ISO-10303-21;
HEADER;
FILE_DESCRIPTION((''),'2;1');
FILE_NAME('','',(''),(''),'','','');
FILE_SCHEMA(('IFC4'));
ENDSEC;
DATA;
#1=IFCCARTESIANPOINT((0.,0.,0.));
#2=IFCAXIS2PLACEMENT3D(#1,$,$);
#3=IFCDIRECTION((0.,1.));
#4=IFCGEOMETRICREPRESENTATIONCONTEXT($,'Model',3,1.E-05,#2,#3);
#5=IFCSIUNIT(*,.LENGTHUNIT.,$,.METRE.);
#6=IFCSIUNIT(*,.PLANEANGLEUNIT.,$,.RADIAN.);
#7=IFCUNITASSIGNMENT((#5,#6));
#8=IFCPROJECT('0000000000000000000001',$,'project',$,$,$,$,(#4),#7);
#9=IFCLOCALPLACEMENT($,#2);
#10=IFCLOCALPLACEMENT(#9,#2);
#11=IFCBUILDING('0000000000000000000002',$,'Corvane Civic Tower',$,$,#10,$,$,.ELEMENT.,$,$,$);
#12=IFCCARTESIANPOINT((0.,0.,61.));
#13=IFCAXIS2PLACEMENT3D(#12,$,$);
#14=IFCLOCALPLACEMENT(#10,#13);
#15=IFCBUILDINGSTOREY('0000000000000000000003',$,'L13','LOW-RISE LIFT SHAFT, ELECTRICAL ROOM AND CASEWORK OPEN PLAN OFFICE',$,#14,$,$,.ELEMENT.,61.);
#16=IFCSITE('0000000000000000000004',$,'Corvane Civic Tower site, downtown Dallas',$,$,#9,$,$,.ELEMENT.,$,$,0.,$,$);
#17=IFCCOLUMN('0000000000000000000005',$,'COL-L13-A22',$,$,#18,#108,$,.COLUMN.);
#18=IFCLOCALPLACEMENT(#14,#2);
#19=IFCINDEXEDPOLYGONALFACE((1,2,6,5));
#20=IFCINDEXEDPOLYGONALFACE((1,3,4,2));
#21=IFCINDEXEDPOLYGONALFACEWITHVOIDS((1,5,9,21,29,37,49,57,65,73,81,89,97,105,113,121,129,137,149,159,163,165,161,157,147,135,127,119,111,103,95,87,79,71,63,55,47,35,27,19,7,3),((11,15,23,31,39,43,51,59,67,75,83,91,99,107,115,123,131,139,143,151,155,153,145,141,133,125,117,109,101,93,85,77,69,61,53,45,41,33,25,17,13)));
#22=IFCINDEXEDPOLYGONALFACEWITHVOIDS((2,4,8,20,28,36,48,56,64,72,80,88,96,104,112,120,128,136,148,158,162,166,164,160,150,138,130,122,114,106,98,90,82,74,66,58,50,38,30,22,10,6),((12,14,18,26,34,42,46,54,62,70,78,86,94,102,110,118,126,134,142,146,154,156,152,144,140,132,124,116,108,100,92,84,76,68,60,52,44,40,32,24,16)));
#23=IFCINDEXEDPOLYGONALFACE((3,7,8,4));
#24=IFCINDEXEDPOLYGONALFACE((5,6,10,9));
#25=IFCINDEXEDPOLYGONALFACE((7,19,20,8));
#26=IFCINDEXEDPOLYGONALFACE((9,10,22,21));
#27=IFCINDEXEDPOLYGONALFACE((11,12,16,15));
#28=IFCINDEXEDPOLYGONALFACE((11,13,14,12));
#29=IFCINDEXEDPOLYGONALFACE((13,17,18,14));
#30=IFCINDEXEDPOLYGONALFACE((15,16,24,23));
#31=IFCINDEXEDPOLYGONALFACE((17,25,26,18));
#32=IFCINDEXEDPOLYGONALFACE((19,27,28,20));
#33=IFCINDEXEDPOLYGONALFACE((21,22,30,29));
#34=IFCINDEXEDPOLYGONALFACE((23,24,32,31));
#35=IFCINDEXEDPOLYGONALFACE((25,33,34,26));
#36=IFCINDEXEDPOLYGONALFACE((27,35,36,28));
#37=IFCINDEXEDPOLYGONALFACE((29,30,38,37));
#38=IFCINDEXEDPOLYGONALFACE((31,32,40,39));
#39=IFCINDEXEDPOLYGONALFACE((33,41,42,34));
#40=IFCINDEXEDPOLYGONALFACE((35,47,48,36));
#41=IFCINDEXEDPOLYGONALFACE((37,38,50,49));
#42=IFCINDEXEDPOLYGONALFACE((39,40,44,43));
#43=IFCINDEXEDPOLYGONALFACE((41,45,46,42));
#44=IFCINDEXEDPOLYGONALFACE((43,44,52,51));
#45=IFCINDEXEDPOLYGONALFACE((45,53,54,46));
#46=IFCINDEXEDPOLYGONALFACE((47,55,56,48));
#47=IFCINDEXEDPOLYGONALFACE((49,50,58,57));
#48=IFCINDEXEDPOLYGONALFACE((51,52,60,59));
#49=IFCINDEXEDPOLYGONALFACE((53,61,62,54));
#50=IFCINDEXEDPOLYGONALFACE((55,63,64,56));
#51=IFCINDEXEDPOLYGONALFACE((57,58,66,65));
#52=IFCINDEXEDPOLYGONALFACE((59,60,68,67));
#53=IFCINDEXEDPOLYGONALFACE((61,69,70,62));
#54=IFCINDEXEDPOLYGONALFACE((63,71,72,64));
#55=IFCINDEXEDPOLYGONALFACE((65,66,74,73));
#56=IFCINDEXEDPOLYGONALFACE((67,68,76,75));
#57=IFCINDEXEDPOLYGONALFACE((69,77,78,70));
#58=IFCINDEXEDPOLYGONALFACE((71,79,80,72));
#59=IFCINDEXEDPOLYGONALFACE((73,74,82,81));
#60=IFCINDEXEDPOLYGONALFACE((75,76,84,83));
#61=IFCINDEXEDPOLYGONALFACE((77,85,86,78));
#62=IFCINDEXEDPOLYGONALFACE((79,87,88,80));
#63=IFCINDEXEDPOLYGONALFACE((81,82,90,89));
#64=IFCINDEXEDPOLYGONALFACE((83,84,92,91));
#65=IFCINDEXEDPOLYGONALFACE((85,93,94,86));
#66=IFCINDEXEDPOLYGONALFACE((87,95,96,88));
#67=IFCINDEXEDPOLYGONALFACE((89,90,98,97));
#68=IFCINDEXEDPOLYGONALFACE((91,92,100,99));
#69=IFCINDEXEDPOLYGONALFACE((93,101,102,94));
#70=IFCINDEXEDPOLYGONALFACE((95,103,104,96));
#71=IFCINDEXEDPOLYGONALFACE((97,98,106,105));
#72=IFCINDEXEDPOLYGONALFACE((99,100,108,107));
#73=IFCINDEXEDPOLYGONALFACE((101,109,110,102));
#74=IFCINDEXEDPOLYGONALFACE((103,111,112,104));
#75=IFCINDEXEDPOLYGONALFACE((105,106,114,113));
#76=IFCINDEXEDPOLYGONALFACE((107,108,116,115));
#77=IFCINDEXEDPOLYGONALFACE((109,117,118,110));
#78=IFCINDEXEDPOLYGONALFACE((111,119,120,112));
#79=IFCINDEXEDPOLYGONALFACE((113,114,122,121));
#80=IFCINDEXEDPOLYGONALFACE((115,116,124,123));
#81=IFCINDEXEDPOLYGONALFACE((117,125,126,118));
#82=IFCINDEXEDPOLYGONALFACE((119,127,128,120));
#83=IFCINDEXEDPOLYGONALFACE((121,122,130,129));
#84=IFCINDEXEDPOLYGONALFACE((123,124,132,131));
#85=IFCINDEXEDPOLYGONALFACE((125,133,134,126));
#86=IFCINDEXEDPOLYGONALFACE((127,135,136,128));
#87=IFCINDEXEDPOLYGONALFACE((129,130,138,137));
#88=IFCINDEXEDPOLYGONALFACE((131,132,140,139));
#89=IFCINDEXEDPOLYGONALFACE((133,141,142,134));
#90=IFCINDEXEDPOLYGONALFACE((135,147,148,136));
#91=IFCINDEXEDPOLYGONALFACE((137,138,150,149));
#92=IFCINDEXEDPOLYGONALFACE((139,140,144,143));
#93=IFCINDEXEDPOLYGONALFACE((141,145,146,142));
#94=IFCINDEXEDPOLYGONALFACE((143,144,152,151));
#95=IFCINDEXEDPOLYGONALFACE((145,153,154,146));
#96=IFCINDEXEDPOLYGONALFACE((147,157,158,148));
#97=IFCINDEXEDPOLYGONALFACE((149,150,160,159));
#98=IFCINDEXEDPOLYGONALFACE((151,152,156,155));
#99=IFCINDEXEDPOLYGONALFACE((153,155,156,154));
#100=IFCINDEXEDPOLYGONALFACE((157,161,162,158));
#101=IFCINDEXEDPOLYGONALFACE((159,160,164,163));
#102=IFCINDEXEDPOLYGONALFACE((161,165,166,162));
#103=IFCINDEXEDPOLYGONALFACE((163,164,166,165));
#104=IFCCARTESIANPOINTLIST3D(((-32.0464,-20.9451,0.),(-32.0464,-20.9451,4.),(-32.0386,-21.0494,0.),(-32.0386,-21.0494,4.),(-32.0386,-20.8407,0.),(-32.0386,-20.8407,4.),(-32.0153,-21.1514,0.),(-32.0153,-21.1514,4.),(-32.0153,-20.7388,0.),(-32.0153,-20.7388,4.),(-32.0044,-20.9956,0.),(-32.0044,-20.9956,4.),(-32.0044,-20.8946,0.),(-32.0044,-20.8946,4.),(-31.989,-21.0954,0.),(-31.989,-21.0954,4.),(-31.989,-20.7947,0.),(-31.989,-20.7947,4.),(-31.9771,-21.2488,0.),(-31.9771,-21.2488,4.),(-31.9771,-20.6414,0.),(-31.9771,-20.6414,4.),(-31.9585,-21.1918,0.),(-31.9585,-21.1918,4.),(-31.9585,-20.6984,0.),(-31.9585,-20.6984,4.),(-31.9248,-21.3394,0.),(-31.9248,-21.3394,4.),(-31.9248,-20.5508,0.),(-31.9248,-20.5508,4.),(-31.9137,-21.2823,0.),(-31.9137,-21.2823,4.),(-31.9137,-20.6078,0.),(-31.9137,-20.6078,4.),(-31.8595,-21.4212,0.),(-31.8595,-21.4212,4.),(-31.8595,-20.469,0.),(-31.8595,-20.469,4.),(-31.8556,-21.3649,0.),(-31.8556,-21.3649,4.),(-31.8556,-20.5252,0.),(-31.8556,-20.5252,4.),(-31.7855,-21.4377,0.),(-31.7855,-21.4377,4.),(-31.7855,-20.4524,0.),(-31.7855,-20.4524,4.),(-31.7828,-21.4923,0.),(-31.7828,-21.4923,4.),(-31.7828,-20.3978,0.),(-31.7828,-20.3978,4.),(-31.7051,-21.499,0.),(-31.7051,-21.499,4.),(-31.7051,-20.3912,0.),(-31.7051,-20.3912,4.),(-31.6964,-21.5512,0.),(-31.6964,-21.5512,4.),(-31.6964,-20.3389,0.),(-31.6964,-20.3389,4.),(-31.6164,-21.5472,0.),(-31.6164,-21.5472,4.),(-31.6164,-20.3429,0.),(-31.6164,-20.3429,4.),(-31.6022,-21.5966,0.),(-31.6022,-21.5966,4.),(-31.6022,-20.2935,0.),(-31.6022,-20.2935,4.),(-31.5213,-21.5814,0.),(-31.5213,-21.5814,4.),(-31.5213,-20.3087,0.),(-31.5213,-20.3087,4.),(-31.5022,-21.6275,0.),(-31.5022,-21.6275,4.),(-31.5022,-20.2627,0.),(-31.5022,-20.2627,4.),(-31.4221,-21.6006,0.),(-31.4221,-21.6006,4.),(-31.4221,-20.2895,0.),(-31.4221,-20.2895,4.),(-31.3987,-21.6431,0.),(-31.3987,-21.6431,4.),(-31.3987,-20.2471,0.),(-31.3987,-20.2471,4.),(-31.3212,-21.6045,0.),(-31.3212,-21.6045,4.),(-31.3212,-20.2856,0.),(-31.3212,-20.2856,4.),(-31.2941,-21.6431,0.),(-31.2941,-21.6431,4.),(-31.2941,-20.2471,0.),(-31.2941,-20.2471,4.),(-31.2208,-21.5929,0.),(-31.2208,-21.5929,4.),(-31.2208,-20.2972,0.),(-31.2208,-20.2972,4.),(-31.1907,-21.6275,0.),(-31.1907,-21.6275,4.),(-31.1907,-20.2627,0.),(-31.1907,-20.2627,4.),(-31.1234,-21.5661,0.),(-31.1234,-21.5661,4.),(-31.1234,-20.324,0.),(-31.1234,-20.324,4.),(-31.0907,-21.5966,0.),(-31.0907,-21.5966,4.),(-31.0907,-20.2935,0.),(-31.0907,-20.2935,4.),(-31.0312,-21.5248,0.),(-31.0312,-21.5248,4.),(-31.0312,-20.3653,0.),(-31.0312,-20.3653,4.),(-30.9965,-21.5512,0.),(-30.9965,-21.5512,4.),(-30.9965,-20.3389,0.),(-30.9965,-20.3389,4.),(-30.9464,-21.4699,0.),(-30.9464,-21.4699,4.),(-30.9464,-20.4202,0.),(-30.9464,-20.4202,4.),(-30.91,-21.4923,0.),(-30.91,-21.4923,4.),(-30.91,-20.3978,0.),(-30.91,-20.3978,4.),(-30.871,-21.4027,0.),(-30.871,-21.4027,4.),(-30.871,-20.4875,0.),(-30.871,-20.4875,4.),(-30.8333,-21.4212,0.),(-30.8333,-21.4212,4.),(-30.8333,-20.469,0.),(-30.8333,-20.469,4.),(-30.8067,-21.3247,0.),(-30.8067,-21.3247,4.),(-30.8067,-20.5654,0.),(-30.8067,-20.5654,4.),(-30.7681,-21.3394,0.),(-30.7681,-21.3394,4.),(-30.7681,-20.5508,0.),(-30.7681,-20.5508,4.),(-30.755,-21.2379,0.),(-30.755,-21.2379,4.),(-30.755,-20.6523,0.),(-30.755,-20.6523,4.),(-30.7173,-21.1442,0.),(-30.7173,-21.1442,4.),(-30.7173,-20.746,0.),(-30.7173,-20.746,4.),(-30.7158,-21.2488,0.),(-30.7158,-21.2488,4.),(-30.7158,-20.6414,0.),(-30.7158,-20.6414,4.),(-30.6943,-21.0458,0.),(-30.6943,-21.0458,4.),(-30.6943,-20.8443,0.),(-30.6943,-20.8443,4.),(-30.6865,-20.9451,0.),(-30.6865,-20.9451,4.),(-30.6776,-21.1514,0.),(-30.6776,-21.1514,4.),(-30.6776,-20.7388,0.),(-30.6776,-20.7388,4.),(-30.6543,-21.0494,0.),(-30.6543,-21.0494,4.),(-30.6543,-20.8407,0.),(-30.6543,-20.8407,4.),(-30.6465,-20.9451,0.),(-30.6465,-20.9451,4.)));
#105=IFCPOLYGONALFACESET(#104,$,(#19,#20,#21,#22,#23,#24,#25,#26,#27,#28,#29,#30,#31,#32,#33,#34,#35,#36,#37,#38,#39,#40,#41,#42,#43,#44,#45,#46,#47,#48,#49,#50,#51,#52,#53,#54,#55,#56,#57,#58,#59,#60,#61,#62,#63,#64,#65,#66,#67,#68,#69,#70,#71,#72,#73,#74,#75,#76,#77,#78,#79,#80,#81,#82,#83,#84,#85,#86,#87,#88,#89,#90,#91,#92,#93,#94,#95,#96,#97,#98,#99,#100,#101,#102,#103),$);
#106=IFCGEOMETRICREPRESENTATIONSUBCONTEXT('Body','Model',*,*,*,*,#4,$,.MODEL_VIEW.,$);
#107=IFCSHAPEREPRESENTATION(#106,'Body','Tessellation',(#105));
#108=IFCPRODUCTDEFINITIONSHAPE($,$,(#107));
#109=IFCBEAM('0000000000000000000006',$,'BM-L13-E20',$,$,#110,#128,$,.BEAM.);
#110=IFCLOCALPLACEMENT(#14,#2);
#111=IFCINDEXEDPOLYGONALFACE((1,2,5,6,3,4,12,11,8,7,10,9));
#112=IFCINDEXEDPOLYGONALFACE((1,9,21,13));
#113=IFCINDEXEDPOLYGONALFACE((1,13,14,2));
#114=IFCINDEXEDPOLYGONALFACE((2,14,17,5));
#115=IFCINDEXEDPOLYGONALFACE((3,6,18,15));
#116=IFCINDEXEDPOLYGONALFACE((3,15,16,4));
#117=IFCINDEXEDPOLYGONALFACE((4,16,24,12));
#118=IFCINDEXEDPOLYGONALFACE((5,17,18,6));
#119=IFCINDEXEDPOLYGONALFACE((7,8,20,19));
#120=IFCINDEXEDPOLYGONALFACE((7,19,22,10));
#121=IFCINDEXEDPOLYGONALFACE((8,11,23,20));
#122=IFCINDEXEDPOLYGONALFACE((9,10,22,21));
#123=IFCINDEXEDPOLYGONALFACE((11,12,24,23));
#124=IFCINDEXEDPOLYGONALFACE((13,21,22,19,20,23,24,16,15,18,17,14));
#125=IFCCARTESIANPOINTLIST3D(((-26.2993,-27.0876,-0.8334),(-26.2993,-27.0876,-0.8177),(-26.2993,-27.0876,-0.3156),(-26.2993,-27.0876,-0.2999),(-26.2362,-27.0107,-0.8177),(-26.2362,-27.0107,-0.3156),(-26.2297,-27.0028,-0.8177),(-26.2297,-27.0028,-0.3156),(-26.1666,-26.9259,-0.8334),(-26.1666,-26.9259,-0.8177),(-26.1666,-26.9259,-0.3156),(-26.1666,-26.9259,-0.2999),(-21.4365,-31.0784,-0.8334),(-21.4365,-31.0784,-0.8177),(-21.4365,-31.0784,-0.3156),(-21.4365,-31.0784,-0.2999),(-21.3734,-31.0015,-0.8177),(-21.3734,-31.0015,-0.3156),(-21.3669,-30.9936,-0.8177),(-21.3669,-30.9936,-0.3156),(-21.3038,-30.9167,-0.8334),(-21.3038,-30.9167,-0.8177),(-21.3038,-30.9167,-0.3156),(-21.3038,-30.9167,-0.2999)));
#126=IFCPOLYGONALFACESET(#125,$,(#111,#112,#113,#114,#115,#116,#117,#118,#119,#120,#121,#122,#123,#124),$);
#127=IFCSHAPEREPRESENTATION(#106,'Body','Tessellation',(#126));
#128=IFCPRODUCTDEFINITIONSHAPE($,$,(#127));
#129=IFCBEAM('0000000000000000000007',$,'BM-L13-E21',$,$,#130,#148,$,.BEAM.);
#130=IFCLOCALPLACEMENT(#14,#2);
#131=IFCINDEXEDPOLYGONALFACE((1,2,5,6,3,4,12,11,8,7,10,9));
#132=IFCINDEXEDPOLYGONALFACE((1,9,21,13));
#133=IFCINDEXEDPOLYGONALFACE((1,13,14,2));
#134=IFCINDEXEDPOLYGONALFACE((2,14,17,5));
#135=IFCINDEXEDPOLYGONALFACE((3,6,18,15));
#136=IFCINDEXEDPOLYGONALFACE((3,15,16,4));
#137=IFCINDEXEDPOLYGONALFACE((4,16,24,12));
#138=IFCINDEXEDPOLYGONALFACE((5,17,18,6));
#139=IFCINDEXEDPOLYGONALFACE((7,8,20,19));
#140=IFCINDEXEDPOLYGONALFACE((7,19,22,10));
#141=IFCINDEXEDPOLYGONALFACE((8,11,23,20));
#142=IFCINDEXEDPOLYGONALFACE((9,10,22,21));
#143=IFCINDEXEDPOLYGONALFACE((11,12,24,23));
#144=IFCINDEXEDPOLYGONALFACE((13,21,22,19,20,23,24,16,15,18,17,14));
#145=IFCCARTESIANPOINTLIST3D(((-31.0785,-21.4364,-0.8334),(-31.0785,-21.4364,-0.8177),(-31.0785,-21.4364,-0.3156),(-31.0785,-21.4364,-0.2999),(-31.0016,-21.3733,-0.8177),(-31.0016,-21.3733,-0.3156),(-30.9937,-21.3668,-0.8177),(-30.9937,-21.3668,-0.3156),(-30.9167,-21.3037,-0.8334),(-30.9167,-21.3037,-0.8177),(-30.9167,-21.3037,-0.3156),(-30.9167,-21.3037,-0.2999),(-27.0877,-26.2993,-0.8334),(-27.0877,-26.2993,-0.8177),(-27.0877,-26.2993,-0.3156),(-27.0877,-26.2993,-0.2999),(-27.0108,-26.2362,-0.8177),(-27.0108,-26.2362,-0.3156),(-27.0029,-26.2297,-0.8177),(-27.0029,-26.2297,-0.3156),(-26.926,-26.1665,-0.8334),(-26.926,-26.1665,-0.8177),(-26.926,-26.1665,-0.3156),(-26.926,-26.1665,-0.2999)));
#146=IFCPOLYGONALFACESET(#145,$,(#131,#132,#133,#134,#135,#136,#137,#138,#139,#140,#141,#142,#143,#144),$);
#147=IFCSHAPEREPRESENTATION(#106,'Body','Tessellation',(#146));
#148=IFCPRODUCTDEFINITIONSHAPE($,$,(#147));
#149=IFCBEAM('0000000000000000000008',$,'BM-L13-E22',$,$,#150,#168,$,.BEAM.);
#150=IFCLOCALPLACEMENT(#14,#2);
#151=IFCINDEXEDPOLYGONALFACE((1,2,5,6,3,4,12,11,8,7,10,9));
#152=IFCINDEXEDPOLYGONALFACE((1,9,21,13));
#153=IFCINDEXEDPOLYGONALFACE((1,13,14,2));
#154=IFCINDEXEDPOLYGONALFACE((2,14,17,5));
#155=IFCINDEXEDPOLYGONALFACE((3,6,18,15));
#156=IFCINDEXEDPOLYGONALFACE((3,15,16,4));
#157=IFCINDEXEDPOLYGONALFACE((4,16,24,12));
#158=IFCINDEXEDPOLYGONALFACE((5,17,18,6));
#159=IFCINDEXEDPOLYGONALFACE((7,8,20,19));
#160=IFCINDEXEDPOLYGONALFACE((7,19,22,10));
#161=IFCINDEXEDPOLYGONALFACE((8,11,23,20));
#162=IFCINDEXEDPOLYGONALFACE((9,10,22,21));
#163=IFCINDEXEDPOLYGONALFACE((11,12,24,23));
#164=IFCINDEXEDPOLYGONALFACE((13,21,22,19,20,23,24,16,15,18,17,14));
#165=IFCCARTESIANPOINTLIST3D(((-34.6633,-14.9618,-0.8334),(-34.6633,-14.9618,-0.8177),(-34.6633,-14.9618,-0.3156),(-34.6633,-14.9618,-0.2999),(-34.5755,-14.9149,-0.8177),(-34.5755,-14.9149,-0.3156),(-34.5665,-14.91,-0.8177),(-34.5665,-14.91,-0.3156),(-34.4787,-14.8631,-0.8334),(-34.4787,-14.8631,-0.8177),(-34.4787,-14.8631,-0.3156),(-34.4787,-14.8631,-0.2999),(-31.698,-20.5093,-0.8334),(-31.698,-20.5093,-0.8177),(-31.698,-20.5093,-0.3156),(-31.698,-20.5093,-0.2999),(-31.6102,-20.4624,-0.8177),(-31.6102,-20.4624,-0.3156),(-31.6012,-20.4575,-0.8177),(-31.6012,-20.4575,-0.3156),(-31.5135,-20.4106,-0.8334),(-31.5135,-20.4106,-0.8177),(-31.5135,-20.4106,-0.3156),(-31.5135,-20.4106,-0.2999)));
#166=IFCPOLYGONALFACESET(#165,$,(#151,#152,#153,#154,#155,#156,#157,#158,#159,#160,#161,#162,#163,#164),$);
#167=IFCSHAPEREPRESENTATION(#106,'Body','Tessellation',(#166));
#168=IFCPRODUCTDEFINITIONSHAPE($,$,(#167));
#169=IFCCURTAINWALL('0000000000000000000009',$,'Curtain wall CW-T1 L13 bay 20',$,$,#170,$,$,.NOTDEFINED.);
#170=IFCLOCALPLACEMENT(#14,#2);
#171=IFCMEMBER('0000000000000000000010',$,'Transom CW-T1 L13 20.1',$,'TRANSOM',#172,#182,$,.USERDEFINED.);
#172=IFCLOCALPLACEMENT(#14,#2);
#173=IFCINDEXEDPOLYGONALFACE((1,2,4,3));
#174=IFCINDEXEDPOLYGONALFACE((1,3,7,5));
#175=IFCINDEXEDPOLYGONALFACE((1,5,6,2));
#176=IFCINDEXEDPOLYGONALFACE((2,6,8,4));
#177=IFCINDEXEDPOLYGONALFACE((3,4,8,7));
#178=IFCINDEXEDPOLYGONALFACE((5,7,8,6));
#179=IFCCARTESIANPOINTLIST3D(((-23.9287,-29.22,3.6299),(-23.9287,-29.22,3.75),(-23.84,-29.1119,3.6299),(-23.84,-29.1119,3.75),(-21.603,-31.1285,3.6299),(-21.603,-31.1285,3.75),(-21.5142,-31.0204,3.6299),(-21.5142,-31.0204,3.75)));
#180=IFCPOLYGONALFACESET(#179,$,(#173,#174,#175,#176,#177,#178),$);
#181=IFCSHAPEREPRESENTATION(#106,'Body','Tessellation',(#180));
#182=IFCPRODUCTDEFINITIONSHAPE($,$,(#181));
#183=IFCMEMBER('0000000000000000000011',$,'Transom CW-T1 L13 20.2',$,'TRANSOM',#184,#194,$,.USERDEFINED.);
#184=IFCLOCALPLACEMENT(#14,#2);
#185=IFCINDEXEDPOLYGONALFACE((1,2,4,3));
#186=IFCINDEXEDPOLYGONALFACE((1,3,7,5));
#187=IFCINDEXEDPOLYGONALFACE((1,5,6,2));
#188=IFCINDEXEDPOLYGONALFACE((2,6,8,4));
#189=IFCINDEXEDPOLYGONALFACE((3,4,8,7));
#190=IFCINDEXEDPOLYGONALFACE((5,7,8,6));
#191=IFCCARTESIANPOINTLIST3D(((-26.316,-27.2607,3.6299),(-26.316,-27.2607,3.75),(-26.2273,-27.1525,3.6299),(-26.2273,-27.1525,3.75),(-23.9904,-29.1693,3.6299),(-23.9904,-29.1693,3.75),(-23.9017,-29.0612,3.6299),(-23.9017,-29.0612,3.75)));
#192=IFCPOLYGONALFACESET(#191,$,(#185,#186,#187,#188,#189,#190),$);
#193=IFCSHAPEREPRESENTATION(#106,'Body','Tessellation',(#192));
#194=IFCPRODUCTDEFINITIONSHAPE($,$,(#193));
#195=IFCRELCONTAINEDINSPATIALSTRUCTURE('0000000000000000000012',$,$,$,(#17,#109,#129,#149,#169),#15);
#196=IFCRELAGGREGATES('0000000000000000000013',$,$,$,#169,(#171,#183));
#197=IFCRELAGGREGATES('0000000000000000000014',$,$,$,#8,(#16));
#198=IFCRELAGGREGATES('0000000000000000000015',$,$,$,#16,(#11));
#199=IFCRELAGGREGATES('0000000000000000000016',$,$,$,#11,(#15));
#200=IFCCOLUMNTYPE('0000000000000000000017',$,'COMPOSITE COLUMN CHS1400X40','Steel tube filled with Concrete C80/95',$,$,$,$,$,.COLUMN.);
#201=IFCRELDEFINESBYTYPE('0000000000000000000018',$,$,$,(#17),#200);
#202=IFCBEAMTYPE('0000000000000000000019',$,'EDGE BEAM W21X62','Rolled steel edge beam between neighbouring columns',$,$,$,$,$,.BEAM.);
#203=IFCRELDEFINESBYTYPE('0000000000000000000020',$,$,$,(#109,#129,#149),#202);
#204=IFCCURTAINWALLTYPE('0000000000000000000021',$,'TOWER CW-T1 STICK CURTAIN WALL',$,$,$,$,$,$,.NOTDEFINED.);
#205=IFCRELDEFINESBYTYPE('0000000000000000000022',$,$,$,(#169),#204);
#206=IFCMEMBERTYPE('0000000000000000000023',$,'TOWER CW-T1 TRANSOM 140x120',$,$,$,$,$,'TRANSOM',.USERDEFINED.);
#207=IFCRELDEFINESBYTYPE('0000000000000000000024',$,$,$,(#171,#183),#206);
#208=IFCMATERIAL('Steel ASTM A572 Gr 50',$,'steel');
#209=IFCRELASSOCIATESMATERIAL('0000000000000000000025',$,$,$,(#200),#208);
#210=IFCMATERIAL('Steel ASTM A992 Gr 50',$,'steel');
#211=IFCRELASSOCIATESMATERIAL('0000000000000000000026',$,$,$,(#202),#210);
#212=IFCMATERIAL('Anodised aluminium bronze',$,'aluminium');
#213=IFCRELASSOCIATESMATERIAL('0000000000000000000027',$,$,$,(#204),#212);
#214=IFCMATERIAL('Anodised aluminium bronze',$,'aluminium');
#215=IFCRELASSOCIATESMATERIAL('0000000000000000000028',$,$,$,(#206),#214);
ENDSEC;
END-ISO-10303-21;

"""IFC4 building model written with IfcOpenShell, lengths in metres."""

from ifc_helpers import new_model, si_unit, direction, frame, origin, origin_2d, place, context, subcontext, project, spatial, rectangle, hollow_circle, i_section, extrude, material, material_profile, profile_set, type_object, element, aggregate, save


model = new_model("IFC4")

# Units and contexts
model_context = context("Model", 3, precision=1e-05, world=origin(), true_north=direction((0.0, 1.0)))
body_context = subcontext(model_context, "Body", "Model", "MODEL_VIEW")
ifc_project = project(units=[si_unit("LENGTHUNIT", "METRE"), si_unit("PLANEANGLEUNIT", "RADIAN")], contexts=[model_context])

# Site, building, storey
site_placement = place(None, origin())
site = spatial("IfcSite", under=ifc_project, at=site_placement, Name="Corvane Civic Tower site, downtown Dallas", CompositionType="ELEMENT", RefElevation=0.0)
building_placement = place(site_placement, origin())
building = spatial("IfcBuilding", under=site, at=building_placement, Name="Corvane Civic Tower", CompositionType="ELEMENT")
storey_placement = place(building_placement, frame((0.0, 0.0, 61.0)))
storey = spatial("IfcBuildingStorey", under=building, at=storey_placement, Name="L13", Description="LOW-RISE LIFT SHAFT, ELECTRICAL ROOM AND CASEWORK OPEN PLAN OFFICE", CompositionType="ELEMENT", Elevation=61.0)

# Column
ifc_material_1 = material(Name="Steel ASTM A572 Gr 50", Category="steel")
ifc_material_profile_1 = material_profile(ifc_material_1, hollow_circle(Radius=0.7, WallThickness=0.04, at=origin_2d()), Name="CHS1400X40")
ifc_profile_set_1 = profile_set([ifc_material_profile_1], Name="Steel ASTM A572 Gr 50")
column_type = type_object("IfcColumnType", Name="COMPOSITE COLUMN CHS1400X40", Description="Steel tube filled with Concrete C80/95", PredefinedType="COLUMN", material=ifc_profile_set_1)
for number, where, z_axis, x_axis, name in (
    (1, (-31.3464, -20.9451, 0.0), (0.0, 0.0, 1.0), (1.0, 0.0, 0.0), "COL-L13-A22"),
):
    element("IfcColumn", number, at=place(storey_placement, frame(where, z_axis=z_axis, x_axis=x_axis)), inside=storey, type_object=column_type, Name=name, PredefinedType="COLUMN", context=body_context, shape_type="SweptSolid", body=[
        extrude(hollow_circle(Radius=0.7, WallThickness=0.04, at=origin_2d()), origin(), (0.0, 0.0, 1.0), 4.0),
    ])

# Beams
ifc_material_2 = material(Name="Steel ASTM A992 Gr 50", Category="steel")
ifc_material_profile_2 = material_profile(ifc_material_2, i_section(OverallWidth=0.2092, OverallDepth=0.5334, WebThickness=0.0103, FlangeThickness=0.0156, at=origin_2d()), Name="W21X62")
ifc_profile_set_2 = profile_set([ifc_material_profile_2], Name="Steel ASTM A992 Gr 50")
beam_type = type_object("IfcBeamType", Name="EDGE BEAM W21X62", Description="Rolled steel edge beam between neighbouring columns", PredefinedType="BEAM", material=ifc_profile_set_2)
for number, where, z_axis, x_axis, name in (
    (2, (-21.3701, -30.9976, -0.5667), (-0.773016, 0.634387, 0.0), (-0.634387, -0.773016, 0.0), "BM-L13-E20"),
    (3, (-27.0068, -26.2329, -0.5667), (-0.634387, 0.773016, 0.0), (-0.773016, -0.634387, 0.0), "BM-L13-E21"),
):
    element("IfcBeam", number, at=place(storey_placement, frame(where, z_axis=z_axis, x_axis=x_axis)), inside=storey, type_object=beam_type, Name=name, PredefinedType="BEAM", context=body_context, shape_type="SweptSolid", body=[
        extrude(i_section(OverallWidth=0.2092, OverallDepth=0.5334, WebThickness=0.0103, FlangeThickness=0.0156, at=origin_2d()), origin(), (0.0, 0.0, 1.0), 6.2908),
    ])
beam_placement = place(storey_placement, frame((-31.6057, -20.46, -0.5667), z_axis=(-0.471406, 0.881916, 0.0), x_axis=(-0.881916, -0.471406, 0.0)))
element("IfcBeam", 4, at=beam_placement, inside=storey, type_object=beam_type, Name="BM-L13-E22", PredefinedType="BEAM", context=body_context, shape_type="SweptSolid", body=[
    extrude(i_section(OverallWidth=0.2092, OverallDepth=0.5334, WebThickness=0.0103, FlangeThickness=0.0156, at=origin_2d()), origin(), (0.0, 0.0, 1.0), 6.2903),
])

# Curtain wall, members
ifc_material_3 = material(Name="Anodised aluminium bronze", Category="aluminium")
curtain_wall_type = type_object("IfcCurtainWallType", Name="TOWER CW-T1 STICK CURTAIN WALL", PredefinedType="NOTDEFINED", material=ifc_material_3)
curtain_wall_1_placement = place(storey_placement, origin())
curtain_wall_1 = element("IfcCurtainWall", 5, at=curtain_wall_1_placement, inside=storey, type_object=curtain_wall_type, Name="Curtain wall CW-T1 L13 bay 20", PredefinedType="NOTDEFINED")
ifc_material_4 = material(Name="Anodised aluminium bronze", Category="aluminium")
ifc_material_profile_3 = material_profile(ifc_material_4, rectangle(XDim=0.1399, YDim=0.1201, at=origin_2d()), Name="TOWER CW-T1 TRANSOM 140x120")
ifc_profile_set_3 = profile_set([ifc_material_profile_3], Name="Anodised aluminium bronze")
member_type_1 = type_object("IfcMemberType", Name="TOWER CW-T1 TRANSOM 140x120", ElementType="TRANSOM", PredefinedType="USERDEFINED", material=ifc_profile_set_3)
member_1_placement = place(storey_placement, frame((-21.5586, -31.0745, 3.6899), z_axis=(-0.773042, 0.634355, 0.0), x_axis=(-0.634355, -0.773042, 0.0)))
member_1 = element("IfcMember", 6, at=member_1_placement, type_object=member_type_1, Name="Transom CW-T1 L13 20.1", ObjectType="TRANSOM", PredefinedType="USERDEFINED", context=body_context, shape_type="SweptSolid", body=[
    extrude(rectangle(XDim=0.1399, YDim=0.1201, at=origin_2d()), origin(), (0.0, 0.0, 1.0), 3.0085),
])
member_2_placement = place(storey_placement, frame((-23.946, -29.1152, 3.6899), z_axis=(-0.773002, 0.634404, 0.0), x_axis=(-0.634404, -0.773002, 0.0)))
member_2 = element("IfcMember", 7, at=member_2_placement, type_object=member_type_1, Name="Transom CW-T1 L13 20.2", ObjectType="TRANSOM", PredefinedType="USERDEFINED", context=body_context, shape_type="SweptSolid", body=[
    extrude(rectangle(XDim=0.1399, YDim=0.1201, at=origin_2d()), origin(), (0.0, 0.0, 1.0), 3.0085),
])

aggregate(curtain_wall_1, [member_1, member_2])

save(model, "model.ifc")
